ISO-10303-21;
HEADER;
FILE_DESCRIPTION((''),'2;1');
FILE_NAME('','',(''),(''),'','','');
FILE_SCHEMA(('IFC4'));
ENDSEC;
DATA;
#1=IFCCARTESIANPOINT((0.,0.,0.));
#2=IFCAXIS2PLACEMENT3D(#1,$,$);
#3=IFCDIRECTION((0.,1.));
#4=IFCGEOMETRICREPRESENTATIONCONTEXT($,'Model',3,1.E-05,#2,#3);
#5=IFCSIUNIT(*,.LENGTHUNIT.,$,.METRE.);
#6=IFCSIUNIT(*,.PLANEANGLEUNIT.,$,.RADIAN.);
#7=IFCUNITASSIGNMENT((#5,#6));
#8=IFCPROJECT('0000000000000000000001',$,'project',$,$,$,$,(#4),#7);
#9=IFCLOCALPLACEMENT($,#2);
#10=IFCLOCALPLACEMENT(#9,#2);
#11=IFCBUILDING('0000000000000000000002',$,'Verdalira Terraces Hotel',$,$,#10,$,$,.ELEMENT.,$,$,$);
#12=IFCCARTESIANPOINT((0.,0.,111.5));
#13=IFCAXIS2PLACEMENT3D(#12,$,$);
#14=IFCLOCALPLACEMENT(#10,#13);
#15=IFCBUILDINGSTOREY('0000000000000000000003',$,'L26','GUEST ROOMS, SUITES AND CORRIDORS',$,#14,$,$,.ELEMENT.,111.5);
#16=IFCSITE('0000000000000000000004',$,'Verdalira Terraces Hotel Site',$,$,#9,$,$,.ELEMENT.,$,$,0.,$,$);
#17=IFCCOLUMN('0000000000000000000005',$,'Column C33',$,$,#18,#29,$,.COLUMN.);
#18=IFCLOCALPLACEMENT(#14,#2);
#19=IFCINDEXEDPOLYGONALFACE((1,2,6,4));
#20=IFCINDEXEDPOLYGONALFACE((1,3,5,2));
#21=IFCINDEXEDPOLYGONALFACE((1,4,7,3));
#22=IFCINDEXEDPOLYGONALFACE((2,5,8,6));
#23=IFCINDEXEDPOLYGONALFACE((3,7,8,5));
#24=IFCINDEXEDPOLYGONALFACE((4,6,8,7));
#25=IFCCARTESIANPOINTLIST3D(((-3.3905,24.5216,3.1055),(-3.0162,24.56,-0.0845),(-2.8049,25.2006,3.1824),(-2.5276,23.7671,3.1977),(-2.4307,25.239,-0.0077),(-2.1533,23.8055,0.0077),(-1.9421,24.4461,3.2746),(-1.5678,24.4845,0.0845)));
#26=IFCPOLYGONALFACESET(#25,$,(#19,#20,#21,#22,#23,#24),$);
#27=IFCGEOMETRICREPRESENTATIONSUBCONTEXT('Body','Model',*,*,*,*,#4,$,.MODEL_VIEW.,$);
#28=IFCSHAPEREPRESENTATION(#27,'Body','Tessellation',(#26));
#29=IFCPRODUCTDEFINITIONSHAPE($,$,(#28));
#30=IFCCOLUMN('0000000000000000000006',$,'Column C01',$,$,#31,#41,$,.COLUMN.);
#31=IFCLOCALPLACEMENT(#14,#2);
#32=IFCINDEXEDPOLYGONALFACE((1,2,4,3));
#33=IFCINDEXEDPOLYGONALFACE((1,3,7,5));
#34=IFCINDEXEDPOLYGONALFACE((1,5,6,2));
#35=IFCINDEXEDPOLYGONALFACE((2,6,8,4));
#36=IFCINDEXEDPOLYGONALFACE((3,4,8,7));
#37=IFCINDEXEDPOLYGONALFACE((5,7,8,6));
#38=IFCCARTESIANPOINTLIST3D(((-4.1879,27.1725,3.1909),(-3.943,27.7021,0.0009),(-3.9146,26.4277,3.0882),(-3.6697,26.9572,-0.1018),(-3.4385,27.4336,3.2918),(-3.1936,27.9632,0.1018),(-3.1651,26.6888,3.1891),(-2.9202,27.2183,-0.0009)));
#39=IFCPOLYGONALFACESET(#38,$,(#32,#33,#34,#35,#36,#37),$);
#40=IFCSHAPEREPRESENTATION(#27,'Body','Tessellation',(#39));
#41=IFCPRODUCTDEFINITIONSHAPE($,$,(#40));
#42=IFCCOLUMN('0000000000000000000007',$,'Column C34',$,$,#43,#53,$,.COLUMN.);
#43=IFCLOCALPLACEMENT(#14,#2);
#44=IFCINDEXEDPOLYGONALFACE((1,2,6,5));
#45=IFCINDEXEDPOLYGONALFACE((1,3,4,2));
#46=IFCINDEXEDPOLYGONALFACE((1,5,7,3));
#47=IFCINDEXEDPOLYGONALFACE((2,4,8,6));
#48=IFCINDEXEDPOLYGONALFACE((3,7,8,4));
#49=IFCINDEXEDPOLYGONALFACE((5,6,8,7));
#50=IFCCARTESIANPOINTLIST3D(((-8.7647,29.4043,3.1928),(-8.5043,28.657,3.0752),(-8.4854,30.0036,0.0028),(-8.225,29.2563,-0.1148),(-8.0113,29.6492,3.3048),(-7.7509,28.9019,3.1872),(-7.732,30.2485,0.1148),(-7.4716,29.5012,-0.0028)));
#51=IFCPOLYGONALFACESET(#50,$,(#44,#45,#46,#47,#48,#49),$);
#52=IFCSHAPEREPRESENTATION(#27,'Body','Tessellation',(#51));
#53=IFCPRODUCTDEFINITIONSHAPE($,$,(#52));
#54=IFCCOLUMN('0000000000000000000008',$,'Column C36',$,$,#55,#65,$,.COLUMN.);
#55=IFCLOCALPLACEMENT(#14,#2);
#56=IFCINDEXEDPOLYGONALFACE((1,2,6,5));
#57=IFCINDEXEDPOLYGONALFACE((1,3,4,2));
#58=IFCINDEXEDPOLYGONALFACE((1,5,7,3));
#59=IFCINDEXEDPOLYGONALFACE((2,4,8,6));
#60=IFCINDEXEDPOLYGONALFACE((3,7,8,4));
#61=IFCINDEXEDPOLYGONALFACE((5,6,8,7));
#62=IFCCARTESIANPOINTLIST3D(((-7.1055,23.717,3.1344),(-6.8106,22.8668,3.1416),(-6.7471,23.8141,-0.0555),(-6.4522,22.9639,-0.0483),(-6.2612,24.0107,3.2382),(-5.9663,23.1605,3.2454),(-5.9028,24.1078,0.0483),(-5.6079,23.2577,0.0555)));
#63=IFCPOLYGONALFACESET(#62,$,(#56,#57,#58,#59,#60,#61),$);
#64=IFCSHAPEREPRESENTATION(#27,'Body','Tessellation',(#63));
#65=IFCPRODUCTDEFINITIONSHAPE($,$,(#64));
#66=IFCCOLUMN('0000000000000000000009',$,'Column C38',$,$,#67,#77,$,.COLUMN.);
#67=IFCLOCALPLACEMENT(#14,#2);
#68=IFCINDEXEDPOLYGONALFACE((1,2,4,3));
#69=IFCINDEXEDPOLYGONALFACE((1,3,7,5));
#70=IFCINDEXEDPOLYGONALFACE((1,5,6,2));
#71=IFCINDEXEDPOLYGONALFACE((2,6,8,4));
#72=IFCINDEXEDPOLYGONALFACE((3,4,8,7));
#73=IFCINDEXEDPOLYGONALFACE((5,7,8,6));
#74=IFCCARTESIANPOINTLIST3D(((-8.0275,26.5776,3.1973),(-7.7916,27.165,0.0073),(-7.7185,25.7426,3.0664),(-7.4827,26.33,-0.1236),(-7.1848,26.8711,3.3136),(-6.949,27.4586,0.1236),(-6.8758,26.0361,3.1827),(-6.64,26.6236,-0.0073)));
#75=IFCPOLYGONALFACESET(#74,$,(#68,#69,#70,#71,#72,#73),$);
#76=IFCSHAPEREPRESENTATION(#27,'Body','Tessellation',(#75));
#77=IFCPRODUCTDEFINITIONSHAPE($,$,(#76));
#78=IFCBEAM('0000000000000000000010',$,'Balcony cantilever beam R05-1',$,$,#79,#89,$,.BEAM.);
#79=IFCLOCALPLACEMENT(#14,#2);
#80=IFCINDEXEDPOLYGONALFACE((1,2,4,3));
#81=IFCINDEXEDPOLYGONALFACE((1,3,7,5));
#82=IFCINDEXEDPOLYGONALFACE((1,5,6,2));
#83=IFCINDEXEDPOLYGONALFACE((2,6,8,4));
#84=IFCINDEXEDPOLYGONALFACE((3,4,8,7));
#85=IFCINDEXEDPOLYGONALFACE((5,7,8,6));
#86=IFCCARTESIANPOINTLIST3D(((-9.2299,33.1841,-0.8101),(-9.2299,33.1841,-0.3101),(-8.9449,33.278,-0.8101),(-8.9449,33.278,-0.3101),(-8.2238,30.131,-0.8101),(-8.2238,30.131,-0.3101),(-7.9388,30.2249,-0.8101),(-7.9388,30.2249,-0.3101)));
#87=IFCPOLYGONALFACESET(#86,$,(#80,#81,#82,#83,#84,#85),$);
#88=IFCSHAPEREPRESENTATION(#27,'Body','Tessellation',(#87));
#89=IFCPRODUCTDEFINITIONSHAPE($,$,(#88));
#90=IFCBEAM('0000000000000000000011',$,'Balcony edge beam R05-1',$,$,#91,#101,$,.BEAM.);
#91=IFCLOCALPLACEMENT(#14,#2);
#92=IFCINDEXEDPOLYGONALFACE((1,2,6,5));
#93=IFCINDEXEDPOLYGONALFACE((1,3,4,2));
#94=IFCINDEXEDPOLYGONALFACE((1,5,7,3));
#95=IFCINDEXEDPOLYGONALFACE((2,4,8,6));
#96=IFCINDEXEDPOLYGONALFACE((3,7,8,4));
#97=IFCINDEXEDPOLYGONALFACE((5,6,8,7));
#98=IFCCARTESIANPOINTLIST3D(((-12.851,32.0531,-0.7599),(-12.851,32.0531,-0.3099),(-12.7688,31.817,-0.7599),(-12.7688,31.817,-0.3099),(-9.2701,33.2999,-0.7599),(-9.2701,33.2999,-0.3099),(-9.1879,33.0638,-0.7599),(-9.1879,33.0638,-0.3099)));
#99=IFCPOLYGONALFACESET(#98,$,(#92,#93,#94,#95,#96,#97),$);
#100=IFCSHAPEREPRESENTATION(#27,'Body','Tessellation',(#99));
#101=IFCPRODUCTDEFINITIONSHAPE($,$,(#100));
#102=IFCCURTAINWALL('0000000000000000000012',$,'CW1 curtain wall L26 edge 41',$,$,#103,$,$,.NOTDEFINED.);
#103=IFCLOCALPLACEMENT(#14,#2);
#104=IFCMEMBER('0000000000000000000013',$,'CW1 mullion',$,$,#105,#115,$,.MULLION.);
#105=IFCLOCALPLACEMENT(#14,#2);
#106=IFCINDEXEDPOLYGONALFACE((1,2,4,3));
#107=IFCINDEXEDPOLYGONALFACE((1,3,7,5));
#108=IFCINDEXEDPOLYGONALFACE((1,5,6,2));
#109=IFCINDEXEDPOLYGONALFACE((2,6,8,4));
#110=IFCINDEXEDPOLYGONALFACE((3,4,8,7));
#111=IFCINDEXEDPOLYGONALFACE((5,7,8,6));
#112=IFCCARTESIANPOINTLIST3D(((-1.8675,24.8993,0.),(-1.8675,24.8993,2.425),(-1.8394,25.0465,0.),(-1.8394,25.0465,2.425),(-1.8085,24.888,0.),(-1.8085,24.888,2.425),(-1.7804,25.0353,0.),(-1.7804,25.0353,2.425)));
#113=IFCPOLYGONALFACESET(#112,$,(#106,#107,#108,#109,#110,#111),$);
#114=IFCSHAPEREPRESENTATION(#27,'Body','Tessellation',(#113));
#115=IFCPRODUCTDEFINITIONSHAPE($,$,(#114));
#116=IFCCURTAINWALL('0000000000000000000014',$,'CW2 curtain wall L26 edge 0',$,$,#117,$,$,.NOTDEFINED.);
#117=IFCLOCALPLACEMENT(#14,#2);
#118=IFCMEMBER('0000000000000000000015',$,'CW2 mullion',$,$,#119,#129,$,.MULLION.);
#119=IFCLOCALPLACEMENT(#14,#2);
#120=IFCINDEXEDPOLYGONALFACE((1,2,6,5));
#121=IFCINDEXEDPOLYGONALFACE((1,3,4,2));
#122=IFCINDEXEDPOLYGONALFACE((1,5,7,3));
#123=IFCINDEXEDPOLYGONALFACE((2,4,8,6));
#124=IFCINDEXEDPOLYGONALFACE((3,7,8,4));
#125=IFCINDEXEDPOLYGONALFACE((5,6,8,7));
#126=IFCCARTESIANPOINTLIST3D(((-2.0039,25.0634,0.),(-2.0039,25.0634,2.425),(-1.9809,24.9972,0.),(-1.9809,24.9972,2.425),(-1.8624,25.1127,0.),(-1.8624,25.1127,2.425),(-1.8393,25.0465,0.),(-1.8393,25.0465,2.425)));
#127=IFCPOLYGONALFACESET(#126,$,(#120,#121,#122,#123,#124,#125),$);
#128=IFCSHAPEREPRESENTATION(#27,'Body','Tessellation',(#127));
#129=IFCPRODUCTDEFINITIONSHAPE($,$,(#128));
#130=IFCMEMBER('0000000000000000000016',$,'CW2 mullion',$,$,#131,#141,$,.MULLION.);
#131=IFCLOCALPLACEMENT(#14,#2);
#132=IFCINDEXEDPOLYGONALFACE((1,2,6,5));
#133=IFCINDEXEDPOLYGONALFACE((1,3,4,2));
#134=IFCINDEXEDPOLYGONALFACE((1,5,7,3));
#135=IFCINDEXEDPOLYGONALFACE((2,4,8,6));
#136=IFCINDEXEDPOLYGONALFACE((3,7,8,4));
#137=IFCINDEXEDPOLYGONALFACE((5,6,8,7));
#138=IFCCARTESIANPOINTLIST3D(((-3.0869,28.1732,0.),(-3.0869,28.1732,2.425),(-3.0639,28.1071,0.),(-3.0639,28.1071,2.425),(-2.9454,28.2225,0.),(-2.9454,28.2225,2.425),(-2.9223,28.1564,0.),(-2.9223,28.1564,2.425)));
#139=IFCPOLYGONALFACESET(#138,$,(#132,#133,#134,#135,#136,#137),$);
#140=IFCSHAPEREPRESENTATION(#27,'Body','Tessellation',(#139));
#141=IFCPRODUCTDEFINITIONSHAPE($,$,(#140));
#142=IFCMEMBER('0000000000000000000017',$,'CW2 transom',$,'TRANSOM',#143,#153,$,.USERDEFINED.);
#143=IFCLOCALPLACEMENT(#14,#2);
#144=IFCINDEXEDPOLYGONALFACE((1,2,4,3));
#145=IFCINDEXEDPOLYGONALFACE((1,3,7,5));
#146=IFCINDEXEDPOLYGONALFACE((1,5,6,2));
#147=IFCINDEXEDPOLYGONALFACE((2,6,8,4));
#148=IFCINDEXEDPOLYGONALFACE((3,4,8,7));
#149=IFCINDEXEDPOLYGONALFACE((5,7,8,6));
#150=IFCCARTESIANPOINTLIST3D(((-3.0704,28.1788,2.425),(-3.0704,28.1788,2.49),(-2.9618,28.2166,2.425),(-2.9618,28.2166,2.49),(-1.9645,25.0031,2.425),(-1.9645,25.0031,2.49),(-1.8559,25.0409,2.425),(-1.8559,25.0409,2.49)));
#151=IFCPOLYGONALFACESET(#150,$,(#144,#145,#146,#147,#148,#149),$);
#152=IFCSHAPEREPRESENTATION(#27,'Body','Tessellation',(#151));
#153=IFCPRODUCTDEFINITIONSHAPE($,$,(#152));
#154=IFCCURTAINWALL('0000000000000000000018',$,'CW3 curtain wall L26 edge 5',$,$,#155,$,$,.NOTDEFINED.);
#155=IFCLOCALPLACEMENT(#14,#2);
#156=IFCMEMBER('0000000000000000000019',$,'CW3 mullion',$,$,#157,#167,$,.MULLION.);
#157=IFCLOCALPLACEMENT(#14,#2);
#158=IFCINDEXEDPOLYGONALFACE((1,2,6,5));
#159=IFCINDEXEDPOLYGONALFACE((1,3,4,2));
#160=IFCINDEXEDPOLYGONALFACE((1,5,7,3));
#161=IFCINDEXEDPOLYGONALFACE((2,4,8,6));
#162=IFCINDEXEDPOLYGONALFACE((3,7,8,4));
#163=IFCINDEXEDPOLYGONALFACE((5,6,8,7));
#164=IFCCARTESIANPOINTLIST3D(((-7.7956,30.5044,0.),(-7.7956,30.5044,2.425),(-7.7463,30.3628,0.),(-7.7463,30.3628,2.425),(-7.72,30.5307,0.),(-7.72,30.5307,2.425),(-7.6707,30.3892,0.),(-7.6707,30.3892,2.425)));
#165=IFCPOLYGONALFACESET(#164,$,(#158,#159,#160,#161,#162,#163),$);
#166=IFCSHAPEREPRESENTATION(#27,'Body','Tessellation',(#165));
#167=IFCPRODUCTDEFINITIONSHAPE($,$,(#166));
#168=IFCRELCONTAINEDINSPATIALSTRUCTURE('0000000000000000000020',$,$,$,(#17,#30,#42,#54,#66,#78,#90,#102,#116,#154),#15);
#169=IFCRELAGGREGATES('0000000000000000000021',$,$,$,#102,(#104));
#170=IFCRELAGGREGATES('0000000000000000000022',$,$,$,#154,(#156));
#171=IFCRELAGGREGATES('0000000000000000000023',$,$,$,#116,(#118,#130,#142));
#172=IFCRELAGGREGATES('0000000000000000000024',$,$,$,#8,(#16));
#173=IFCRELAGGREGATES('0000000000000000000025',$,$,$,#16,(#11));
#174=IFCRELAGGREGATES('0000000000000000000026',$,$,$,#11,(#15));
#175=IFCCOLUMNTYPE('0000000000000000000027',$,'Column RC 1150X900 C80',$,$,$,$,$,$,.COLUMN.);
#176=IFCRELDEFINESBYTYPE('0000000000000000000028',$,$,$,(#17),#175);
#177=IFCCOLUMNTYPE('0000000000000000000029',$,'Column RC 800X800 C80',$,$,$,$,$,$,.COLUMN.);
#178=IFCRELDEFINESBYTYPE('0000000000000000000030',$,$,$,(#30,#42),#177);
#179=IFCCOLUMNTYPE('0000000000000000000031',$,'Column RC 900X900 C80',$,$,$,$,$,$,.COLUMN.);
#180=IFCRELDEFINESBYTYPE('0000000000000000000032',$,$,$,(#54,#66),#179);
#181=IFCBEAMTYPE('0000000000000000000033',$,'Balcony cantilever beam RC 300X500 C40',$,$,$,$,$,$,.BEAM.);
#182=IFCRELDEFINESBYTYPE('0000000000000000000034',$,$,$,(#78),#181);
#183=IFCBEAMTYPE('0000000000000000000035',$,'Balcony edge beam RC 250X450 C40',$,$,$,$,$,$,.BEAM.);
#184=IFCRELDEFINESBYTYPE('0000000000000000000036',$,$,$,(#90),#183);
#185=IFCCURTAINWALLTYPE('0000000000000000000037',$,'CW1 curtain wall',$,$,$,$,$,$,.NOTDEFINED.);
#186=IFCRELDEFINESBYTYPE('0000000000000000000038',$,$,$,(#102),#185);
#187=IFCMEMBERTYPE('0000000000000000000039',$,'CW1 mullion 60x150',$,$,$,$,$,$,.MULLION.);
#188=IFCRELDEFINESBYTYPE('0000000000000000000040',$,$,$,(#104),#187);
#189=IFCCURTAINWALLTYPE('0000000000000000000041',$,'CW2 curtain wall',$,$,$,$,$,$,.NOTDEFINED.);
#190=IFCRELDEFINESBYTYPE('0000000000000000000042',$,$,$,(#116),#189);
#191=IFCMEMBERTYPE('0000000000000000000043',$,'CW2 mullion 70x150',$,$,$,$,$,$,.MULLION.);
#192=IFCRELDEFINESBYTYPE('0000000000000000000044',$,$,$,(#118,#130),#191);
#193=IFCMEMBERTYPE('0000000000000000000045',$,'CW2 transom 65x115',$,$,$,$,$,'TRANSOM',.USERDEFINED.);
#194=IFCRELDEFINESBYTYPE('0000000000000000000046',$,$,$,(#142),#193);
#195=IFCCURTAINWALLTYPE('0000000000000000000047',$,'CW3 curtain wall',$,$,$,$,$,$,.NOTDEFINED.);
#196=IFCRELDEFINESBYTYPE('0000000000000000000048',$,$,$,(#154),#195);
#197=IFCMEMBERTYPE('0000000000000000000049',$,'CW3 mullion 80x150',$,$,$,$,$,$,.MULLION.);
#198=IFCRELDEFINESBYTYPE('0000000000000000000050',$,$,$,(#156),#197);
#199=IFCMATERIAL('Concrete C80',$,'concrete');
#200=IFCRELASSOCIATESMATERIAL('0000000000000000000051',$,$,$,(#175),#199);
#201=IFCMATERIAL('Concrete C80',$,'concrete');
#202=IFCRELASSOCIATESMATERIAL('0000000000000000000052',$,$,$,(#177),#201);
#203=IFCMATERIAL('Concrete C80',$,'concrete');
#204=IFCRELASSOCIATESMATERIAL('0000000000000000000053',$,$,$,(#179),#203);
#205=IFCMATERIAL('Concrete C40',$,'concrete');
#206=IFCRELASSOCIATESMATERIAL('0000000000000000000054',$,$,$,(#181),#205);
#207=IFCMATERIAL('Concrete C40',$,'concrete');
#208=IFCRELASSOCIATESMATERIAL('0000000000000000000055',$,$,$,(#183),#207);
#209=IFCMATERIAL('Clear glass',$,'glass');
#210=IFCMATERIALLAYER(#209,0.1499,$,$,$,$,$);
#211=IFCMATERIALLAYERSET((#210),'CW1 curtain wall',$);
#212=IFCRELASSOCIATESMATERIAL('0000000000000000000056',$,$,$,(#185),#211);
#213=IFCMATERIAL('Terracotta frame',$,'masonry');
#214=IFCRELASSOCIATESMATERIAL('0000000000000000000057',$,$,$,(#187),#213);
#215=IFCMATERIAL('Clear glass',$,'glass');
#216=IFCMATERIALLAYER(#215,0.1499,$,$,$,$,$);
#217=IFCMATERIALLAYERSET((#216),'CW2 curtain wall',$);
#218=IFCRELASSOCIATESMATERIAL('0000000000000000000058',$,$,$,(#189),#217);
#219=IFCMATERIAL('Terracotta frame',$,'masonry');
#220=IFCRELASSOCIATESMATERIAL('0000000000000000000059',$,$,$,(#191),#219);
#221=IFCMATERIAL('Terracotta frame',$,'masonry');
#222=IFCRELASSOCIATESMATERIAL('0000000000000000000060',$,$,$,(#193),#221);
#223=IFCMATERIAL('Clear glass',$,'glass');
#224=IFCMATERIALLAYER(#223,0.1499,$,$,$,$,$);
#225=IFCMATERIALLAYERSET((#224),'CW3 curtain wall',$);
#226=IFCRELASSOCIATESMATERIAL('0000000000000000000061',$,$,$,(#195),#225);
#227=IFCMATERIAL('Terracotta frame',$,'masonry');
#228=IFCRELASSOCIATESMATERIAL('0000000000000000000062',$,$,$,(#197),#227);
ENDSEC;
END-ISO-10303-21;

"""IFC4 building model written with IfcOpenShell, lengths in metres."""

from ifc_helpers import new_model, si_unit, direction, frame, origin, origin_2d, place, context, subcontext, project, spatial, rectangle, extrude, material, layer, layer_set, material_profile, profile_set, type_object, element, aggregate, save


model = new_model("IFC4")

# Units and contexts
model_context = context("Model", 3, precision=1e-05, world=origin(), true_north=direction((0.0, 1.0)))
body_context = subcontext(model_context, "Body", "Model", "MODEL_VIEW")
ifc_project = project(units=[si_unit("LENGTHUNIT", "METRE"), si_unit("PLANEANGLEUNIT", "RADIAN")], contexts=[model_context])

# Site, building, storey
site_placement = place(None, origin())
site = spatial("IfcSite", under=ifc_project, at=site_placement, Name="Verdalira Terraces Hotel Site", CompositionType="ELEMENT", RefElevation=0.0)
building_placement = place(site_placement, origin())
building = spatial("IfcBuilding", under=site, at=building_placement, Name="Verdalira Terraces Hotel", CompositionType="ELEMENT")
storey_placement = place(building_placement, frame((0.0, 0.0, 111.5)))
storey = spatial("IfcBuildingStorey", under=building, at=storey_placement, Name="L26", Description="GUEST ROOMS, SUITES AND CORRIDORS", CompositionType="ELEMENT", Elevation=111.5)

# Columns
ifc_material_1 = material(Name="Concrete C80", Category="concrete")
ifc_material_profile_1 = material_profile(ifc_material_1, rectangle(XDim=1.1499, YDim=0.8999, at=origin_2d()), Name="RC 1150X900")
ifc_profile_set_1 = profile_set([ifc_material_profile_1], Name="Concrete C80")
column_type_1 = type_object("IfcColumnType", Name="Column RC 1150X900 C80", PredefinedType="COLUMN", material=ifc_profile_set_1)
column_1_placement = place(storey_placement, frame((-2.292, 24.5222, 0.0), z_axis=(-0.11652, -0.011933, 0.993117), x_axis=(0.750371, -0.656139, 0.080155)))
element("IfcColumn", 1, at=column_1_placement, inside=storey, type_object=column_type_1, Name="Column C33", PredefinedType="COLUMN", context=body_context, shape_type="SweptSolid", body=[
    extrude(rectangle(XDim=1.1499, YDim=0.8999, at=origin_2d()), origin(), (0.0, 0.0, 1.0), 3.2122),
])
ifc_material_2 = material(Name="Concrete C80", Category="concrete")
ifc_material_profile_2 = material_profile(ifc_material_2, rectangle(XDim=0.8, YDim=0.8, at=origin_2d()), Name="RC 800X800")
ifc_profile_set_2 = profile_set([ifc_material_profile_2], Name="Concrete C80")
column_type_2 = type_object("IfcColumnType", Name="Column RC 800X800 C80", PredefinedType="COLUMN", material=ifc_profile_set_2)
column_2_placement = place(storey_placement, frame((-3.4316, 27.4602, 0.0), z_axis=(-0.075512, -0.163295, 0.983683), x_axis=(-0.341655, 0.931023, 0.128326)))
element("IfcColumn", 2, at=column_2_placement, inside=storey, type_object=column_type_2, Name="Column C01", PredefinedType="COLUMN", context=body_context, shape_type="SweptSolid", body=[
    extrude(rectangle(XDim=0.8, YDim=0.8, at=origin_2d()), origin(), (0.0, 0.0, 1.0), 3.2429),
])
column_3_placement = place(storey_placement, frame((-7.9785, 29.7524, 0.0), z_axis=(-0.085733, -0.183981, 0.979184), x_axis=(-0.941654, -0.306102, -0.139961)))
element("IfcColumn", 3, at=column_3_placement, inside=storey, type_object=column_type_2, Name="Column C34", PredefinedType="COLUMN", context=body_context, shape_type="SweptSolid", body=[
    extrude(rectangle(XDim=0.8, YDim=0.8, at=origin_2d()), origin(), (0.0, 0.0, 1.0), 3.2578),
])
ifc_material_3 = material(Name="Concrete C80", Category="concrete")
ifc_material_profile_3 = material_profile(ifc_material_3, rectangle(XDim=0.8999, YDim=0.8999, at=origin_2d()), Name="RC 900X900")
ifc_profile_set_3 = profile_set([ifc_material_profile_3], Name="Concrete C80")
column_type_3 = type_object("IfcColumnType", Name="Column RC 900X900 C80", PredefinedType="COLUMN", material=ifc_profile_set_3)
column_4_placement = place(storey_placement, frame((-6.1775, 23.5359, 0.0), z_axis=(-0.111599, -0.030256, 0.993293), x_axis=(-0.32769, 0.944751, -0.008039)))
element("IfcColumn", 4, at=column_4_placement, inside=storey, type_object=column_type_3, Name="Column C36", PredefinedType="COLUMN", context=body_context, shape_type="SweptSolid", body=[
    extrude(rectangle(XDim=0.8999, YDim=0.8999, at=origin_2d()), origin(), (0.0, 0.0, 1.0), 3.2114),
])
column_5_placement = place(storey_placement, frame((-7.2158, 26.8943, 0.0), z_axis=(-0.072518, -0.18062, 0.980876), x_axis=(-0.343314, 0.927885, 0.145481)))
element("IfcColumn", 5, at=column_5_placement, inside=storey, type_object=column_type_3, Name="Column C38", PredefinedType="COLUMN", context=body_context, shape_type="SweptSolid", body=[
    extrude(rectangle(XDim=0.8999, YDim=0.8999, at=origin_2d()), origin(), (0.0, 0.0, 1.0), 3.2522),
])

# Beams
ifc_material_4 = material(Name="Concrete C40", Category="concrete")
ifc_material_profile_4 = material_profile(ifc_material_4, rectangle(XDim=0.3, YDim=0.5, at=origin_2d()), Name="RC 300X500")
ifc_profile_set_4 = profile_set([ifc_material_profile_4], Name="Concrete C40")
beam_type_1 = type_object("IfcBeamType", Name="Balcony cantilever beam RC 300X500 C40", PredefinedType="BEAM", material=ifc_profile_set_4)
beam_1_placement = place(storey_placement, frame((-8.0813, 30.178, -0.5601), z_axis=(-0.312968, 0.949764, 0.0), x_axis=(-0.949764, -0.312968, 0.0)))
element("IfcBeam", 6, at=beam_1_placement, inside=storey, type_object=beam_type_1, Name="Balcony cantilever beam R05-1", PredefinedType="BEAM", context=body_context, shape_type="SweptSolid", body=[
    extrude(rectangle(XDim=0.3, YDim=0.5, at=origin_2d()), origin(), (0.0, 0.0, 1.0), 3.2146),
])
ifc_material_5 = material(Name="Concrete C40", Category="concrete")
ifc_material_profile_5 = material_profile(ifc_material_5, rectangle(XDim=0.25, YDim=0.45, at=origin_2d()), Name="RC 250X450")
ifc_profile_set_5 = profile_set([ifc_material_profile_5], Name="Concrete C40")
beam_type_2 = type_object("IfcBeamType", Name="Balcony edge beam RC 250X450 C40", PredefinedType="BEAM", material=ifc_profile_set_5)
beam_2_placement = place(storey_placement, frame((-9.229, 33.1819, -0.5349), z_axis=(-0.944388, -0.328833, 0.0), x_axis=(0.328833, -0.944388, 0.0)))
element("IfcBeam", 7, at=beam_2_placement, inside=storey, type_object=beam_type_2, Name="Balcony edge beam R05-1", PredefinedType="BEAM", context=body_context, shape_type="SweptSolid", body=[
    extrude(rectangle(XDim=0.25, YDim=0.45, at=origin_2d()), origin(), (0.0, 0.0, 1.0), 3.7917),
])

# Curtain wall, member
ifc_material_6 = material(Name="Clear glass", Category="glass")
ifc_layer_1 = layer(ifc_material_6, 0.1499)
ifc_layer_set_1 = layer_set([ifc_layer_1], Name="CW1 curtain wall")
curtain_wall_type_1 = type_object("IfcCurtainWallType", Name="CW1 curtain wall", PredefinedType="NOTDEFINED", material=ifc_layer_set_1)
curtain_wall_1_placement = place(storey_placement, origin())
curtain_wall_1 = element("IfcCurtainWall", 8, at=curtain_wall_1_placement, inside=storey, type_object=curtain_wall_type_1, Name="CW1 curtain wall L26 edge 41", PredefinedType="NOTDEFINED")
ifc_material_7 = material(Name="Terracotta frame", Category="masonry")
ifc_material_profile_6 = material_profile(ifc_material_7, rectangle(XDim=0.0601, YDim=0.1499, at=origin_2d()), Name="MU 60x150")
ifc_profile_set_6 = profile_set([ifc_material_profile_6], Name="Terracotta frame")
member_type_1 = type_object("IfcMemberType", Name="CW1 mullion 60x150", PredefinedType="MULLION", material=ifc_profile_set_6)
member_1_placement = place(storey_placement, frame((-1.824, 24.9673, 0.0), z_axis=(0.0, 0.0, 1.0), x_axis=(-0.982287, 0.187381, 0.0)))
member_1 = element("IfcMember", 9, at=member_1_placement, type_object=member_type_1, Name="CW1 mullion", PredefinedType="MULLION", context=body_context, shape_type="SweptSolid", body=[
    extrude(rectangle(XDim=0.0601, YDim=0.1499, at=origin_2d()), origin(), (0.0, 0.0, 1.0), 2.425),
])
aggregate(curtain_wall_1, [member_1])

# Curtain walls, members
ifc_material_8 = material(Name="Clear glass", Category="glass")
ifc_layer_2 = layer(ifc_material_8, 0.1499)
ifc_layer_set_2 = layer_set([ifc_layer_2], Name="CW2 curtain wall")
curtain_wall_type_2 = type_object("IfcCurtainWallType", Name="CW2 curtain wall", PredefinedType="NOTDEFINED", material=ifc_layer_set_2)
curtain_wall_2_placement = place(storey_placement, origin())
curtain_wall_2 = element("IfcCurtainWall", 10, at=curtain_wall_2_placement, inside=storey, type_object=curtain_wall_type_2, Name="CW2 curtain wall L26 edge 0", PredefinedType="NOTDEFINED")
ifc_material_9 = material(Name="Terracotta frame", Category="masonry")
ifc_material_profile_7 = material_profile(ifc_material_9, rectangle(XDim=0.0701, YDim=0.1499, at=origin_2d()), Name="MU 70x150")
ifc_profile_set_7 = profile_set([ifc_material_profile_7], Name="Terracotta frame")
member_type_2 = type_object("IfcMemberType", Name="CW2 mullion 70x150", PredefinedType="MULLION", material=ifc_profile_set_7)
member_2_placement = place(storey_placement, frame((-1.9216, 25.0549, 0.0), z_axis=(0.0, 0.0, 1.0), x_axis=(-0.328867, 0.944376, 0.0)))
member_2 = element("IfcMember", 11, at=member_2_placement, type_object=member_type_2, Name="CW2 mullion", PredefinedType="MULLION", context=body_context, shape_type="SweptSolid", body=[
    extrude(rectangle(XDim=0.0701, YDim=0.1499, at=origin_2d()), origin(), (0.0, 0.0, 1.0), 2.425),
])
member_3_placement = place(storey_placement, frame((-3.0046, 28.1648, 0.0), z_axis=(0.0, 0.0, 1.0), x_axis=(-0.328867, 0.944376, 0.0)))
member_3 = element("IfcMember", 12, at=member_3_placement, type_object=member_type_2, Name="CW2 mullion", PredefinedType="MULLION", context=body_context, shape_type="SweptSolid", body=[
    extrude(rectangle(XDim=0.0701, YDim=0.1499, at=origin_2d()), origin(), (0.0, 0.0, 1.0), 2.425),
])
ifc_material_10 = material(Name="Terracotta frame", Category="masonry")
ifc_material_profile_8 = material_profile(ifc_material_10, rectangle(XDim=0.115, YDim=0.0649, at=origin_2d()), Name="TR 65x115")
ifc_profile_set_8 = profile_set([ifc_material_profile_8], Name="Terracotta frame")
member_type_3 = type_object("IfcMemberType", Name="CW2 transom 65x115", ElementType="TRANSOM", PredefinedType="USERDEFINED", material=ifc_profile_set_8)
member_4_placement = place(storey_placement, frame((-1.9102, 25.022, 2.4575), z_axis=(-0.328875, 0.944373, 0.0), x_axis=(-0.944373, -0.328875, 0.0)))
member_4 = element("IfcMember", 13, at=member_4_placement, type_object=member_type_3, Name="CW2 transom", ObjectType="TRANSOM", PredefinedType="USERDEFINED", context=body_context, shape_type="SweptSolid", body=[
    extrude(rectangle(XDim=0.115, YDim=0.0649, at=origin_2d()), origin(), (0.0, 0.0, 1.0), 3.3628),
])
ifc_material_11 = material(Name="Clear glass", Category="glass")
ifc_layer_3 = layer(ifc_material_11, 0.1499)
ifc_layer_set_3 = layer_set([ifc_layer_3], Name="CW3 curtain wall")
curtain_wall_type_3 = type_object("IfcCurtainWallType", Name="CW3 curtain wall", PredefinedType="NOTDEFINED", material=ifc_layer_set_3)
curtain_wall_3_placement = place(storey_placement, origin())
curtain_wall_3 = element("IfcCurtainWall", 14, at=curtain_wall_3_placement, inside=storey, type_object=curtain_wall_type_3, Name="CW3 curtain wall L26 edge 5", PredefinedType="NOTDEFINED")
ifc_material_12 = material(Name="Terracotta frame", Category="masonry")
ifc_material_profile_9 = material_profile(ifc_material_12, rectangle(XDim=0.0801, YDim=0.1499, at=origin_2d()), Name="MU 80x150")
ifc_profile_set_9 = profile_set([ifc_material_profile_9], Name="Terracotta frame")
member_type_4 = type_object("IfcMemberType", Name="CW3 mullion 80x150", PredefinedType="MULLION", material=ifc_profile_set_9)
member_5_placement = place(storey_placement, frame((-7.7332, 30.4468, 0.0), z_axis=(0.0, 0.0, 1.0), x_axis=(-0.944376, -0.328867, 0.0)))
member_5 = element("IfcMember", 15, at=member_5_placement, type_object=member_type_4, Name="CW3 mullion", PredefinedType="MULLION", context=body_context, shape_type="SweptSolid", body=[
    extrude(rectangle(XDim=0.0801, YDim=0.1499, at=origin_2d()), origin(), (0.0, 0.0, 1.0), 2.425),
])
aggregate(curtain_wall_3, [member_5])

aggregate(curtain_wall_2, [member_2, member_3, member_4])

save(model, "model.ifc")
